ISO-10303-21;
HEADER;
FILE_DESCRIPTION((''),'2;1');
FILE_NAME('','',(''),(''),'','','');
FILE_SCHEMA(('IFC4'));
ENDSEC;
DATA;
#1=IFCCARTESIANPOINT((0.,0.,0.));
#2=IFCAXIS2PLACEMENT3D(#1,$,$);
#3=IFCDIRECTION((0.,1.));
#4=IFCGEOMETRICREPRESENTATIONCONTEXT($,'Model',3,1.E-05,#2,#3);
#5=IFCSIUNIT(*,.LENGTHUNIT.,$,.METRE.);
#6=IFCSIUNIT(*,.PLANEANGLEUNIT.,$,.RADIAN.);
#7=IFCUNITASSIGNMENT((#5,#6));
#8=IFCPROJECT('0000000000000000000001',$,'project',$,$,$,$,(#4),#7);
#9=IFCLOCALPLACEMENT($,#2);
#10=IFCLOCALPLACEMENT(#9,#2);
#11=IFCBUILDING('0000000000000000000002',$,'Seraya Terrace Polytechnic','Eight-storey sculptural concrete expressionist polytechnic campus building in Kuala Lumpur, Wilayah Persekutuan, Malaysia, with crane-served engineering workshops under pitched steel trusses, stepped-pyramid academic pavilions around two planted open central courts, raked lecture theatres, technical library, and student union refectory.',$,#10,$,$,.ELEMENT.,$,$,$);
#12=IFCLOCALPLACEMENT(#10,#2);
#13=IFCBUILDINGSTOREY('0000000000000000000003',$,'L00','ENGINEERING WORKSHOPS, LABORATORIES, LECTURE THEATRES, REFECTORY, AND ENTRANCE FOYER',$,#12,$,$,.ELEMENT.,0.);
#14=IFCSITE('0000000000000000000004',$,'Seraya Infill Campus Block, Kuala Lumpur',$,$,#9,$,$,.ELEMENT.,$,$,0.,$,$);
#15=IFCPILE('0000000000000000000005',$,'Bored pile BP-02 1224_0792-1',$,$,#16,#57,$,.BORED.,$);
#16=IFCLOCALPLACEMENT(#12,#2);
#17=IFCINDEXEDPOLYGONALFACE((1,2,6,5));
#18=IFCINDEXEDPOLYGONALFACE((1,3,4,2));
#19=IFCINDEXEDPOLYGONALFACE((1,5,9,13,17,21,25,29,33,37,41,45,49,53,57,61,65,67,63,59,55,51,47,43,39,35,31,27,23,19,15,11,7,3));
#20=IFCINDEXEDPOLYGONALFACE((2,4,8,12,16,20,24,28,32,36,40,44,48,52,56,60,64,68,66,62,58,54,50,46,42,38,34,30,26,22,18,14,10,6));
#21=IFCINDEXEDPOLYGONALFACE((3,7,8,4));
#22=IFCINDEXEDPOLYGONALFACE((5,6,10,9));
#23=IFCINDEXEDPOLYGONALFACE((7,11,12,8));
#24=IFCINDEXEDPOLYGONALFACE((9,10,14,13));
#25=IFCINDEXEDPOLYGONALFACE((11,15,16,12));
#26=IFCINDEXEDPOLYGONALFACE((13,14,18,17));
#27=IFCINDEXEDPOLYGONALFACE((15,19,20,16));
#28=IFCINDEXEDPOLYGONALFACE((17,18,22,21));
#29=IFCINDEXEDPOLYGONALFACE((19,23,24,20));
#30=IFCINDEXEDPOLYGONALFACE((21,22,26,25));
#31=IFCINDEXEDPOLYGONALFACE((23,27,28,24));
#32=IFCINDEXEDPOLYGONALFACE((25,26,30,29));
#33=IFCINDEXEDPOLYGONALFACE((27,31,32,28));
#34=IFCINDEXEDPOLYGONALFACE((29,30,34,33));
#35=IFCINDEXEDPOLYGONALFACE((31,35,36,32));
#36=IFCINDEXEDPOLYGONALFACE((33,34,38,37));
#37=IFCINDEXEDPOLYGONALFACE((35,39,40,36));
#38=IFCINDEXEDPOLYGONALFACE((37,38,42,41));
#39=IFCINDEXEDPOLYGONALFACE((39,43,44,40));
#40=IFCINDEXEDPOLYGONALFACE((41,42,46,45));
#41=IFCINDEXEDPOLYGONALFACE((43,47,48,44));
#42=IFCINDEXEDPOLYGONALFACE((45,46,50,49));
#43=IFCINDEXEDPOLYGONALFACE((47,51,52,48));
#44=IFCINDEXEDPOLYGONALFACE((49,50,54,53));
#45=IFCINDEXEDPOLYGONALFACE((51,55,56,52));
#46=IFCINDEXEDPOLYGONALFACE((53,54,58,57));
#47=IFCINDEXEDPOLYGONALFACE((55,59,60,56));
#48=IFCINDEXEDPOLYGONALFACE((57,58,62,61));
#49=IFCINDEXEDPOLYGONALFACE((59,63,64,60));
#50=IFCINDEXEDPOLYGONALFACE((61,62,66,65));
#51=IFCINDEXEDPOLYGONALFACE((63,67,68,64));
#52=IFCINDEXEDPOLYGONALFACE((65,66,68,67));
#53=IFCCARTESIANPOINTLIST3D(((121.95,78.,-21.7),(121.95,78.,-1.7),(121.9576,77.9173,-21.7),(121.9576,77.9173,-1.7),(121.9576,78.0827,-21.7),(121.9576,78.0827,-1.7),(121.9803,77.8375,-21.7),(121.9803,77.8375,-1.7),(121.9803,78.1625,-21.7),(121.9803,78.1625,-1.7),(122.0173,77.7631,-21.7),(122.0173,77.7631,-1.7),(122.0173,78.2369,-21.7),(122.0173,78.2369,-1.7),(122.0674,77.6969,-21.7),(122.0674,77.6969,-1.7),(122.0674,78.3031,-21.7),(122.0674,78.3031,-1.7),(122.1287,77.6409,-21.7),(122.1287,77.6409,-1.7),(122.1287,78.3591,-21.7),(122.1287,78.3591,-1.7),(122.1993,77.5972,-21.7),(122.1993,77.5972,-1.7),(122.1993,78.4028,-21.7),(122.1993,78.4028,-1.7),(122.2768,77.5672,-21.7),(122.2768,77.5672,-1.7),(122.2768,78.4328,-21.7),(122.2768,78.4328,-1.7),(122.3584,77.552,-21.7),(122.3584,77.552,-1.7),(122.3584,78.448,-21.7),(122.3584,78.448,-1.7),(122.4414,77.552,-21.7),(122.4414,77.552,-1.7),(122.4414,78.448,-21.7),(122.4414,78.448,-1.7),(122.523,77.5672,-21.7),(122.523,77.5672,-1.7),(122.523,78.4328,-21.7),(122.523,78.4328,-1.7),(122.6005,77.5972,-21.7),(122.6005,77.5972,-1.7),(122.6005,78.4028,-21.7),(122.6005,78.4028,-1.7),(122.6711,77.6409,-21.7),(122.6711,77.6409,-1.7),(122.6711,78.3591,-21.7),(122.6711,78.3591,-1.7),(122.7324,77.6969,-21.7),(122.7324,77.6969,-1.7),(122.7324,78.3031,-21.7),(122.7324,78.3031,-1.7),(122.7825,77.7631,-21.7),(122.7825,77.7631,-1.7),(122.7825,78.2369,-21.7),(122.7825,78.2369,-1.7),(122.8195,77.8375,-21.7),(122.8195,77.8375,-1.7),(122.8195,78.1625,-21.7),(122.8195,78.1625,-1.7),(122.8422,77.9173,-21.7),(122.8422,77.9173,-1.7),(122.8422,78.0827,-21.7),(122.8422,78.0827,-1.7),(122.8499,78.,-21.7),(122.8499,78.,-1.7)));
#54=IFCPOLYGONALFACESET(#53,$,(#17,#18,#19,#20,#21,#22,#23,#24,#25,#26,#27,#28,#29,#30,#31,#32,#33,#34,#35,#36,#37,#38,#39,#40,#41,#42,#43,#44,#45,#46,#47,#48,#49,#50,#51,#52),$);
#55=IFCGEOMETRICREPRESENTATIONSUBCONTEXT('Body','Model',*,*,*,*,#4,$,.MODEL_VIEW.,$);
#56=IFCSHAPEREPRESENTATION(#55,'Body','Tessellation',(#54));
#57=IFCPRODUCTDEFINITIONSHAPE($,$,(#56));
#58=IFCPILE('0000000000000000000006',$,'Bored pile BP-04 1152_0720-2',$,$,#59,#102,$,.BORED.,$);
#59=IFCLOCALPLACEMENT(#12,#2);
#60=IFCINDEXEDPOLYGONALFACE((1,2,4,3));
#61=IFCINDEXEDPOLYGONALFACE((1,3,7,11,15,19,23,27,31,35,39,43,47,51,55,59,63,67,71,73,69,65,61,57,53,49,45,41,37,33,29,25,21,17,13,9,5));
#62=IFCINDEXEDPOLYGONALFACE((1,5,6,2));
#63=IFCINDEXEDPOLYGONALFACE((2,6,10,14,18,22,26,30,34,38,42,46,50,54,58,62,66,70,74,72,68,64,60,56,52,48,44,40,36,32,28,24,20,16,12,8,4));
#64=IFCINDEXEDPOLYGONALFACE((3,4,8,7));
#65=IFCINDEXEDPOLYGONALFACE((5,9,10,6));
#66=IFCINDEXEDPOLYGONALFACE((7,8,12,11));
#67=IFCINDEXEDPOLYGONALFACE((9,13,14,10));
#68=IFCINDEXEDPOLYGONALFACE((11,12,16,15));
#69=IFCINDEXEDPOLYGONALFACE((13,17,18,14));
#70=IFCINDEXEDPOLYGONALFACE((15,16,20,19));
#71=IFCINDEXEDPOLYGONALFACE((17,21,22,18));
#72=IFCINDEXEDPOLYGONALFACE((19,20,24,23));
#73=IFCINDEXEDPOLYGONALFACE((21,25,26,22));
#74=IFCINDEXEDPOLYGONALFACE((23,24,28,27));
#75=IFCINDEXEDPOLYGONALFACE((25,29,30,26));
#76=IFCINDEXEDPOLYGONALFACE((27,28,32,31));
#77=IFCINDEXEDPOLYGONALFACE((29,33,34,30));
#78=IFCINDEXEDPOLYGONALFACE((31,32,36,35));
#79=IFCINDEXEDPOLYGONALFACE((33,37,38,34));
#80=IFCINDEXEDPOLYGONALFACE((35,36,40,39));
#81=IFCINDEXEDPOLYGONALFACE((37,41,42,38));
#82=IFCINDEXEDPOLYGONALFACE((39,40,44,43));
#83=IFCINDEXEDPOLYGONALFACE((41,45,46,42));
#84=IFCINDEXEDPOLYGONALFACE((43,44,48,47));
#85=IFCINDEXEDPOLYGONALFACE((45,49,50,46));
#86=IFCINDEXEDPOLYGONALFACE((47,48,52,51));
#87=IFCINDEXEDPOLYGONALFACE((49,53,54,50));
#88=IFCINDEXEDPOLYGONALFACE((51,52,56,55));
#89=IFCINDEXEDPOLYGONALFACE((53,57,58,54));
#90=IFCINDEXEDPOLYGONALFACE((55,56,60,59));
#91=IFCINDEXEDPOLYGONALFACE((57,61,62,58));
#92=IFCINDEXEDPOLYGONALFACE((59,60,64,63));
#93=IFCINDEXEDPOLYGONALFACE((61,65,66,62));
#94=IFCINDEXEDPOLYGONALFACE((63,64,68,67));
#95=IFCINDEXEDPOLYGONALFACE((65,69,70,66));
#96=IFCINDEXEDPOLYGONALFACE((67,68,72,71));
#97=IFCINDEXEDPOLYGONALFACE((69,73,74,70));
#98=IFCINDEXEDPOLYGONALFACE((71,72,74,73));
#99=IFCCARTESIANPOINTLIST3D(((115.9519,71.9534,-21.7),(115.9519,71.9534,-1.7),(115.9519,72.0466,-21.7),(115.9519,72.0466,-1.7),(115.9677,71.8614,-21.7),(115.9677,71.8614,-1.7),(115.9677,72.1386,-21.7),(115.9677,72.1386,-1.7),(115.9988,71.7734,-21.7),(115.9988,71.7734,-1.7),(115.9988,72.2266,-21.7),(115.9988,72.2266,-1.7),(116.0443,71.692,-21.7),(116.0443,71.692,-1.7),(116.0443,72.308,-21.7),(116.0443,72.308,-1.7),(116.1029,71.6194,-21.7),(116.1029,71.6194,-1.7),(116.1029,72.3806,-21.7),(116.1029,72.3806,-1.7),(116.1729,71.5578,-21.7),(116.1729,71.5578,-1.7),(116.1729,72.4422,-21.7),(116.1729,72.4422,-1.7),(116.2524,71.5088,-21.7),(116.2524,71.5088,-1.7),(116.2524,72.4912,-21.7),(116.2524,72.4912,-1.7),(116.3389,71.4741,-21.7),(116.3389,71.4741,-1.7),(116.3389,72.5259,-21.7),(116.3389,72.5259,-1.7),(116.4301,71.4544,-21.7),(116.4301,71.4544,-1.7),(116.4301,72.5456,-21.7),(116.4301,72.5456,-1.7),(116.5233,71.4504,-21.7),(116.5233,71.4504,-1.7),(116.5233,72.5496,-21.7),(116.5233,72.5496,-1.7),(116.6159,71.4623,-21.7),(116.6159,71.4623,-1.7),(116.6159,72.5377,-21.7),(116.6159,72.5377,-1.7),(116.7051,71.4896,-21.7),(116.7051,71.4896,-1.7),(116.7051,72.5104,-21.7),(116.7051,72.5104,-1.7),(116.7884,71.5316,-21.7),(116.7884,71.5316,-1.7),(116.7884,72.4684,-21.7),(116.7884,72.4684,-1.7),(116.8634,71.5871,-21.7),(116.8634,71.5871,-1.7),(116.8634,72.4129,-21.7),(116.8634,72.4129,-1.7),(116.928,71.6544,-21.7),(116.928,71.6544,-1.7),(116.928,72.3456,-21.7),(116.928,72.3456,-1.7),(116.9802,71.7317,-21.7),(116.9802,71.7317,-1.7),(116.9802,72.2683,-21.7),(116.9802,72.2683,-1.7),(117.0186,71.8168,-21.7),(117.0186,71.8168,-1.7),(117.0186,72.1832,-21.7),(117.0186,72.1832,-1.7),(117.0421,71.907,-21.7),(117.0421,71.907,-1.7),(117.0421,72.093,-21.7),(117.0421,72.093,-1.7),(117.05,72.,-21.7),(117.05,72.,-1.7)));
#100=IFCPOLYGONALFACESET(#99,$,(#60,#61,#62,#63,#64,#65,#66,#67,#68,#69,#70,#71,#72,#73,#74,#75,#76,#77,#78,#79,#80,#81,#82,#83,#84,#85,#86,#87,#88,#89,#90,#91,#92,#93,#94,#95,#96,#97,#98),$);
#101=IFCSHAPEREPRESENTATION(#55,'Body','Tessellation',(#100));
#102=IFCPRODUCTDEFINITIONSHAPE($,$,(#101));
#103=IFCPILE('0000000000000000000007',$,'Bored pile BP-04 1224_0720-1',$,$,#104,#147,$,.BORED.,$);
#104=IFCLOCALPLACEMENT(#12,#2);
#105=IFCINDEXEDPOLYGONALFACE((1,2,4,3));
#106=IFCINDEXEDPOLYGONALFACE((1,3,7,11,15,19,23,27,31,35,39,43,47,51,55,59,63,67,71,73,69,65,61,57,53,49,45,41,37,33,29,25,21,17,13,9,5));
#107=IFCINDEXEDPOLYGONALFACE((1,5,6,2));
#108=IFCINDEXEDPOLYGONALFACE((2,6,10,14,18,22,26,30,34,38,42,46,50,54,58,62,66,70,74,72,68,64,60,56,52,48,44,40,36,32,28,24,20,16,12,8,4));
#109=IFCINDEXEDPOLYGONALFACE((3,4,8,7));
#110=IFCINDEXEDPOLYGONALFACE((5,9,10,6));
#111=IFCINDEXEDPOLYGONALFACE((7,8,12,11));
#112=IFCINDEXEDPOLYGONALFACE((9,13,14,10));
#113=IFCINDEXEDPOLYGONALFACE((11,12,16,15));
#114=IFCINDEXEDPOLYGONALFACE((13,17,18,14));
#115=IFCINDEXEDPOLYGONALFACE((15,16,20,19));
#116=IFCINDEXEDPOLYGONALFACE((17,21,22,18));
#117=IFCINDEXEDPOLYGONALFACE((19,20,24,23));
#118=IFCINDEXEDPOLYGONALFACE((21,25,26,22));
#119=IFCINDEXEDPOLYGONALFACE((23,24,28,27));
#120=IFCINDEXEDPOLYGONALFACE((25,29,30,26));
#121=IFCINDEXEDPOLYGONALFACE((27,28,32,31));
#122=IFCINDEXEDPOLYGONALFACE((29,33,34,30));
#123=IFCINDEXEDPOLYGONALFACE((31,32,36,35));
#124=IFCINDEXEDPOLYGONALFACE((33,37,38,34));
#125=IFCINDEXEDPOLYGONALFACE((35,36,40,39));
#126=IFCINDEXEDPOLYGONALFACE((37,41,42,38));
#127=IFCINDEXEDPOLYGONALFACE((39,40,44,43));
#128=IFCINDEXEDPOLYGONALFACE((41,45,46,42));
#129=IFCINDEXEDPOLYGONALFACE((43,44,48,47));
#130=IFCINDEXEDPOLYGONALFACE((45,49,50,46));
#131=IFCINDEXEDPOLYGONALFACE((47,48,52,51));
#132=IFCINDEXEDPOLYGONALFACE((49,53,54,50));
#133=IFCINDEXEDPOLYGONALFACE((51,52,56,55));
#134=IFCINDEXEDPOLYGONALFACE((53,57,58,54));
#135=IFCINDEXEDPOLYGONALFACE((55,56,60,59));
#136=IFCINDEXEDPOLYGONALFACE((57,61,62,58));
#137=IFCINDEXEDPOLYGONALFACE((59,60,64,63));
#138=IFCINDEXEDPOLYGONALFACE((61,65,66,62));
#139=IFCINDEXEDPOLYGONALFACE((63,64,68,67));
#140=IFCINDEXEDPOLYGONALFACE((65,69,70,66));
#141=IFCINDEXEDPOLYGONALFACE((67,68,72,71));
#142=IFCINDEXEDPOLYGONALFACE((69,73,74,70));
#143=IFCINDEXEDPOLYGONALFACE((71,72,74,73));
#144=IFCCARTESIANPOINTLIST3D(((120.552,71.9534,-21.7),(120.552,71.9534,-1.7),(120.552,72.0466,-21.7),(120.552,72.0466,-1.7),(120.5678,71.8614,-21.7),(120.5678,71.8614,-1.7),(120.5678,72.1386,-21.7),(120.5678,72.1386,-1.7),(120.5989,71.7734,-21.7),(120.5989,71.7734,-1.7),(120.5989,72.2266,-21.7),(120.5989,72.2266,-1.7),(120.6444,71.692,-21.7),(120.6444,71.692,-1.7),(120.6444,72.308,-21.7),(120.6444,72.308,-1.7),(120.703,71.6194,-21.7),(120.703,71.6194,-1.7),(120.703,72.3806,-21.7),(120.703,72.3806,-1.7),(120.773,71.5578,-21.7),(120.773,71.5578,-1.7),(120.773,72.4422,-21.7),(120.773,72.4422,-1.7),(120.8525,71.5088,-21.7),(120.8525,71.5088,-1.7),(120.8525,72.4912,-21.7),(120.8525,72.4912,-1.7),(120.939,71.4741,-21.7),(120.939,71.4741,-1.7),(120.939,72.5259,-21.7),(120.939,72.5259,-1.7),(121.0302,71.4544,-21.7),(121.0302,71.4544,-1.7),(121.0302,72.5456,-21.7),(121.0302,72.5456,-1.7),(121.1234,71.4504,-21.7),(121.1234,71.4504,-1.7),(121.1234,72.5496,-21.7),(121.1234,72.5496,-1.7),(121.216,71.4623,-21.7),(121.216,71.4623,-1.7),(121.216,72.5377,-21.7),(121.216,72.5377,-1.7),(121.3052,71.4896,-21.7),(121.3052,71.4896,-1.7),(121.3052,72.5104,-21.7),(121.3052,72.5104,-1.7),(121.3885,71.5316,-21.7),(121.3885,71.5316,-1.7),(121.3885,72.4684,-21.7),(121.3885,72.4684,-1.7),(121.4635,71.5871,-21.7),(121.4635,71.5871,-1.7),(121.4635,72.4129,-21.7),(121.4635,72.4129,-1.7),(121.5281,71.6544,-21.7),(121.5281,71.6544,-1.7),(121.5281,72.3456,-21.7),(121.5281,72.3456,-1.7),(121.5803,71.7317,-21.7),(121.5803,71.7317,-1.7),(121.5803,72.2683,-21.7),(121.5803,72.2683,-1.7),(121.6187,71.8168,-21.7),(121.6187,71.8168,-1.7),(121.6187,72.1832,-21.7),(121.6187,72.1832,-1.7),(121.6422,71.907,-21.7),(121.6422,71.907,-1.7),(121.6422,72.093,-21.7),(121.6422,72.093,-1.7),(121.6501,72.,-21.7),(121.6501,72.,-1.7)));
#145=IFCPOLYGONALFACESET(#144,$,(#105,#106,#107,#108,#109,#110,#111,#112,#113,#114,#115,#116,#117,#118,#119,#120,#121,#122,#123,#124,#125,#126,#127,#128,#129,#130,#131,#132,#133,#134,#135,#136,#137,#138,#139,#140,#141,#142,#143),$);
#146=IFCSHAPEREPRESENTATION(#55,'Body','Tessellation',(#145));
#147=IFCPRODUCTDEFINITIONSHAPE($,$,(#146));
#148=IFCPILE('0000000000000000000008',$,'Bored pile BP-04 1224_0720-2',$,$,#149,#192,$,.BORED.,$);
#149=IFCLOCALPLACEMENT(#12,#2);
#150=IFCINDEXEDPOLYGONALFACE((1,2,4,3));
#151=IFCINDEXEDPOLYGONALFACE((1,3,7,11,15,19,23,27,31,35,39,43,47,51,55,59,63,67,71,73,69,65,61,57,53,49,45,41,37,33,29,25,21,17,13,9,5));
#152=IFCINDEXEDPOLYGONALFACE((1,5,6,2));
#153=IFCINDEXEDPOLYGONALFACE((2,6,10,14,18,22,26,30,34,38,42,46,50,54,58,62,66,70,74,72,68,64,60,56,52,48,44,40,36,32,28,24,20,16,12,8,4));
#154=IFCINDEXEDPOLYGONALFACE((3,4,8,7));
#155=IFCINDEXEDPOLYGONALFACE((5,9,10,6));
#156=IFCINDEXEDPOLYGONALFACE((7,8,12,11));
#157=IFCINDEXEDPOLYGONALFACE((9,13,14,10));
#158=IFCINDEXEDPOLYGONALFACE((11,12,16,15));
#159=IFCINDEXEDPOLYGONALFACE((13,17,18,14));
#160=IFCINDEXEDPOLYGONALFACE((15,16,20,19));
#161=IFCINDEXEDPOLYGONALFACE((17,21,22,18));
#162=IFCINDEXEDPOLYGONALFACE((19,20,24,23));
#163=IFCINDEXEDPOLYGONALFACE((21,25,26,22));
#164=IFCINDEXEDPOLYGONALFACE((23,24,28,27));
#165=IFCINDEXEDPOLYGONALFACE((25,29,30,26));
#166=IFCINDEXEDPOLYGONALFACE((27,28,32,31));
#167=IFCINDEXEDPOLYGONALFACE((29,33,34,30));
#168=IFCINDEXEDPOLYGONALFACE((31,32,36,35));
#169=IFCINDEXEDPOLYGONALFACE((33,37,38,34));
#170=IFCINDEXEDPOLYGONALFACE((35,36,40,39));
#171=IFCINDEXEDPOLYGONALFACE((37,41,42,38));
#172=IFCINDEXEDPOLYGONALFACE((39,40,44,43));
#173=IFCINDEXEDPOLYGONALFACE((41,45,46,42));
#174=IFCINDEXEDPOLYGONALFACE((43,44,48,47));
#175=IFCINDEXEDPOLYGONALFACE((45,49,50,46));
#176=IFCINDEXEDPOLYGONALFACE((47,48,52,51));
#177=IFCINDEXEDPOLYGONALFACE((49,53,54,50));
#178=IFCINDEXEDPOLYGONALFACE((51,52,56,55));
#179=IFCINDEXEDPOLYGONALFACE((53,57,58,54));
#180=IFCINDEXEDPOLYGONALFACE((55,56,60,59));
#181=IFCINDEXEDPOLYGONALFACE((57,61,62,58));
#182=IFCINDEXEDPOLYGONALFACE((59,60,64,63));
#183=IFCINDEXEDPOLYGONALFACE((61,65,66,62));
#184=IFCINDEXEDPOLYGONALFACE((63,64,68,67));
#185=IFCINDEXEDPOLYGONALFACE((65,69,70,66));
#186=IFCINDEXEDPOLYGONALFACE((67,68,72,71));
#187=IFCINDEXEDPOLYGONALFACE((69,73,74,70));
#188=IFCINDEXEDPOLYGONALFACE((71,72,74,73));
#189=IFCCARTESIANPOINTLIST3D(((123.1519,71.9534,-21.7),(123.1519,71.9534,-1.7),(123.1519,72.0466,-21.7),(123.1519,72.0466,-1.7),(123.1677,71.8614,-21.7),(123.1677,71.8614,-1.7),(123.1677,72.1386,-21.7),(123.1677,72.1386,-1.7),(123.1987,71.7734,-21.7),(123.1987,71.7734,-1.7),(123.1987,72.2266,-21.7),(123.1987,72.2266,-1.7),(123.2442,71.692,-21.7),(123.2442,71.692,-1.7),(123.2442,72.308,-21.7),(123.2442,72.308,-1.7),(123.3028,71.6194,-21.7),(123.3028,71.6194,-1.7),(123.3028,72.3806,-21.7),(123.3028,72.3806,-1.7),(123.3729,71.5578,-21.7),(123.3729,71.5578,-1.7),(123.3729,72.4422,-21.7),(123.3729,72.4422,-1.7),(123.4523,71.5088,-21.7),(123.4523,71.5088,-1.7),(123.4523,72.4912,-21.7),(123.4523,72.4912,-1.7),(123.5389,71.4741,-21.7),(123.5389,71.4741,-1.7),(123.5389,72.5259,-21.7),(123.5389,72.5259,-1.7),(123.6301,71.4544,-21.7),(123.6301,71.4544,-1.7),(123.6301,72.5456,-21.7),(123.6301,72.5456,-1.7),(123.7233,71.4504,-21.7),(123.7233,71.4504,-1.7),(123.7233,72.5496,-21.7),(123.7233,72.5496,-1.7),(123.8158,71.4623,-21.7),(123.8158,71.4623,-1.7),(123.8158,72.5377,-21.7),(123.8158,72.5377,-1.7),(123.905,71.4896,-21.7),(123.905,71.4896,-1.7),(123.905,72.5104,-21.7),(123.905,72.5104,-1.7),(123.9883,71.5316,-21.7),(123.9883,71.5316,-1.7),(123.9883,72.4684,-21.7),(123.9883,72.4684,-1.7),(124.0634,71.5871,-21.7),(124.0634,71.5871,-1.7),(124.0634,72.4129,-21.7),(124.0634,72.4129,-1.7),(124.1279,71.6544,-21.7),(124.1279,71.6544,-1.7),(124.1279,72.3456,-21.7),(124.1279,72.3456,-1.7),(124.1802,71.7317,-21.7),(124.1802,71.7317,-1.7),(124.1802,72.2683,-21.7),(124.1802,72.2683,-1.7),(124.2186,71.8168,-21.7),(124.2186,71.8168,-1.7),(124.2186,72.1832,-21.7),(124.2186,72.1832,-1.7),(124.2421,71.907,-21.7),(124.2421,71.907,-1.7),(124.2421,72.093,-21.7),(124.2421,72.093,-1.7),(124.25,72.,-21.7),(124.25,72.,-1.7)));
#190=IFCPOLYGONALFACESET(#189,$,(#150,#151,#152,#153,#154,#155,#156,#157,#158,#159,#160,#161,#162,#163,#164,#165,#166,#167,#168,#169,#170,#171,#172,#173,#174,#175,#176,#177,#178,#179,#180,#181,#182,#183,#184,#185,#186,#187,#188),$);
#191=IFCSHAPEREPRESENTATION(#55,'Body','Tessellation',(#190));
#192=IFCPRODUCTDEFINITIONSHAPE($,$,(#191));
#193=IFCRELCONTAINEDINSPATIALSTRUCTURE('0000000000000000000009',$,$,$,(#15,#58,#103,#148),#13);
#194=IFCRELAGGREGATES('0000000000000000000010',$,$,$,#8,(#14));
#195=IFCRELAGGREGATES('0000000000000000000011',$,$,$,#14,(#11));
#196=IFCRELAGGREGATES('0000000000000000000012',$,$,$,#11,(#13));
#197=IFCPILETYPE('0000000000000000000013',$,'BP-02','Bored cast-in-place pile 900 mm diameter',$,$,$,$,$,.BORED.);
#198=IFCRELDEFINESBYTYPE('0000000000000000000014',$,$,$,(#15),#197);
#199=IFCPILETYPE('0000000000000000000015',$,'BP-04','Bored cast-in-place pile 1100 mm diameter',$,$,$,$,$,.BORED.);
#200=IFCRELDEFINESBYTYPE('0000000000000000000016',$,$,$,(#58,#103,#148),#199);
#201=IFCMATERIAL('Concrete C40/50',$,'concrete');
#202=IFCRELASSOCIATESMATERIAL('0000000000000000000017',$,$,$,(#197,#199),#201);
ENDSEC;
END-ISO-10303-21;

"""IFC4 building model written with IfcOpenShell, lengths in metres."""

from ifc_helpers import new_model, si_unit, direction, frame, origin, origin_2d, place, context, subcontext, project, spatial, circle, extrude, material, material_profile, profile_set, type_object, element, save


model = new_model("IFC4")

# Units and contexts
model_context = context("Model", 3, precision=1e-05, world=origin(), true_north=direction((0.0, 1.0)))
body_context = subcontext(model_context, "Body", "Model", "MODEL_VIEW")
ifc_project = project(units=[si_unit("LENGTHUNIT", "METRE"), si_unit("PLANEANGLEUNIT", "RADIAN")], contexts=[model_context])

# Site, building, storey
site_placement = place(None, origin())
site = spatial("IfcSite", under=ifc_project, at=site_placement, Name="Seraya Infill Campus Block, Kuala Lumpur", CompositionType="ELEMENT", RefElevation=0.0)
building_placement = place(site_placement, origin())
building = spatial("IfcBuilding", under=site, at=building_placement, Name="Seraya Terrace Polytechnic", Description="Eight-storey sculptural concrete expressionist polytechnic campus building in Kuala Lumpur, Wilayah Persekutuan, Malaysia, with crane-served engineering workshops under pitched steel trusses, stepped-pyramid academic pavilions around two planted open central courts, raked lecture theatres, technical library, and student union refectory.", CompositionType="ELEMENT")
storey_placement = place(building_placement, origin())
storey = spatial("IfcBuildingStorey", under=building, at=storey_placement, Name="L00", Description="ENGINEERING WORKSHOPS, LABORATORIES, LECTURE THEATRES, REFECTORY, AND ENTRANCE FOYER", CompositionType="ELEMENT", Elevation=0.0)

# Piles
ifc_material_1 = material(Name="Concrete C40/50", Category="concrete")
ifc_material_profile_1 = material_profile(ifc_material_1, circle(Radius=0.45, at=origin_2d()), Name="DIA 900")
ifc_profile_set_1 = profile_set([ifc_material_profile_1], Name="Concrete C40/50")
pile_type_1 = type_object("IfcPileType", Name="BP-02", Description="Bored cast-in-place pile 900 mm diameter", PredefinedType="BORED", material=ifc_profile_set_1)
pile_1_placement = place(storey_placement, frame((122.3999, 78.0, -1.7), z_axis=(0.0, 0.0, -1.0), x_axis=(1.0, 0.0, 0.0)))
element("IfcPile", 1, at=pile_1_placement, inside=storey, type_object=pile_type_1, Name="Bored pile BP-02 1224_0792-1", PredefinedType="BORED", context=body_context, shape_type="SweptSolid", body=[
    extrude(circle(Radius=0.45, at=origin_2d()), origin(), (0.0, 0.0, 1.0), 20.0),
])
ifc_material_profile_2 = material_profile(ifc_material_1, circle(Radius=0.55, at=origin_2d()), Name="DIA 1100")
ifc_profile_set_2 = profile_set([ifc_material_profile_2], Name="Concrete C40/50")
pile_type_2 = type_object("IfcPileType", Name="BP-04", Description="Bored cast-in-place pile 1100 mm diameter", PredefinedType="BORED", material=ifc_profile_set_2)
for number, where, z_axis, x_axis, name in (
    (2, (116.5, 72.0, -1.7), (0.0, 0.0, -1.0), (1.0, 0.0, 0.0), "Bored pile BP-04 1152_0720-2"),
    (3, (121.1001, 72.0, -1.7), (0.0, 0.0, -1.0), (1.0, 0.0, 0.0), "Bored pile BP-04 1224_0720-1"),
    (4, (123.7, 72.0, -1.7), (0.0, 0.0, -1.0), (1.0, 0.0, 0.0), "Bored pile BP-04 1224_0720-2"),
):
    element("IfcPile", number, at=place(storey_placement, frame(where, z_axis=z_axis, x_axis=x_axis)), inside=storey, type_object=pile_type_2, Name=name, PredefinedType="BORED", context=body_context, shape_type="SweptSolid", body=[
        extrude(circle(Radius=0.55, at=origin_2d()), origin(), (0.0, 0.0, 1.0), 20.0),
    ])

save(model, "model.ifc")
